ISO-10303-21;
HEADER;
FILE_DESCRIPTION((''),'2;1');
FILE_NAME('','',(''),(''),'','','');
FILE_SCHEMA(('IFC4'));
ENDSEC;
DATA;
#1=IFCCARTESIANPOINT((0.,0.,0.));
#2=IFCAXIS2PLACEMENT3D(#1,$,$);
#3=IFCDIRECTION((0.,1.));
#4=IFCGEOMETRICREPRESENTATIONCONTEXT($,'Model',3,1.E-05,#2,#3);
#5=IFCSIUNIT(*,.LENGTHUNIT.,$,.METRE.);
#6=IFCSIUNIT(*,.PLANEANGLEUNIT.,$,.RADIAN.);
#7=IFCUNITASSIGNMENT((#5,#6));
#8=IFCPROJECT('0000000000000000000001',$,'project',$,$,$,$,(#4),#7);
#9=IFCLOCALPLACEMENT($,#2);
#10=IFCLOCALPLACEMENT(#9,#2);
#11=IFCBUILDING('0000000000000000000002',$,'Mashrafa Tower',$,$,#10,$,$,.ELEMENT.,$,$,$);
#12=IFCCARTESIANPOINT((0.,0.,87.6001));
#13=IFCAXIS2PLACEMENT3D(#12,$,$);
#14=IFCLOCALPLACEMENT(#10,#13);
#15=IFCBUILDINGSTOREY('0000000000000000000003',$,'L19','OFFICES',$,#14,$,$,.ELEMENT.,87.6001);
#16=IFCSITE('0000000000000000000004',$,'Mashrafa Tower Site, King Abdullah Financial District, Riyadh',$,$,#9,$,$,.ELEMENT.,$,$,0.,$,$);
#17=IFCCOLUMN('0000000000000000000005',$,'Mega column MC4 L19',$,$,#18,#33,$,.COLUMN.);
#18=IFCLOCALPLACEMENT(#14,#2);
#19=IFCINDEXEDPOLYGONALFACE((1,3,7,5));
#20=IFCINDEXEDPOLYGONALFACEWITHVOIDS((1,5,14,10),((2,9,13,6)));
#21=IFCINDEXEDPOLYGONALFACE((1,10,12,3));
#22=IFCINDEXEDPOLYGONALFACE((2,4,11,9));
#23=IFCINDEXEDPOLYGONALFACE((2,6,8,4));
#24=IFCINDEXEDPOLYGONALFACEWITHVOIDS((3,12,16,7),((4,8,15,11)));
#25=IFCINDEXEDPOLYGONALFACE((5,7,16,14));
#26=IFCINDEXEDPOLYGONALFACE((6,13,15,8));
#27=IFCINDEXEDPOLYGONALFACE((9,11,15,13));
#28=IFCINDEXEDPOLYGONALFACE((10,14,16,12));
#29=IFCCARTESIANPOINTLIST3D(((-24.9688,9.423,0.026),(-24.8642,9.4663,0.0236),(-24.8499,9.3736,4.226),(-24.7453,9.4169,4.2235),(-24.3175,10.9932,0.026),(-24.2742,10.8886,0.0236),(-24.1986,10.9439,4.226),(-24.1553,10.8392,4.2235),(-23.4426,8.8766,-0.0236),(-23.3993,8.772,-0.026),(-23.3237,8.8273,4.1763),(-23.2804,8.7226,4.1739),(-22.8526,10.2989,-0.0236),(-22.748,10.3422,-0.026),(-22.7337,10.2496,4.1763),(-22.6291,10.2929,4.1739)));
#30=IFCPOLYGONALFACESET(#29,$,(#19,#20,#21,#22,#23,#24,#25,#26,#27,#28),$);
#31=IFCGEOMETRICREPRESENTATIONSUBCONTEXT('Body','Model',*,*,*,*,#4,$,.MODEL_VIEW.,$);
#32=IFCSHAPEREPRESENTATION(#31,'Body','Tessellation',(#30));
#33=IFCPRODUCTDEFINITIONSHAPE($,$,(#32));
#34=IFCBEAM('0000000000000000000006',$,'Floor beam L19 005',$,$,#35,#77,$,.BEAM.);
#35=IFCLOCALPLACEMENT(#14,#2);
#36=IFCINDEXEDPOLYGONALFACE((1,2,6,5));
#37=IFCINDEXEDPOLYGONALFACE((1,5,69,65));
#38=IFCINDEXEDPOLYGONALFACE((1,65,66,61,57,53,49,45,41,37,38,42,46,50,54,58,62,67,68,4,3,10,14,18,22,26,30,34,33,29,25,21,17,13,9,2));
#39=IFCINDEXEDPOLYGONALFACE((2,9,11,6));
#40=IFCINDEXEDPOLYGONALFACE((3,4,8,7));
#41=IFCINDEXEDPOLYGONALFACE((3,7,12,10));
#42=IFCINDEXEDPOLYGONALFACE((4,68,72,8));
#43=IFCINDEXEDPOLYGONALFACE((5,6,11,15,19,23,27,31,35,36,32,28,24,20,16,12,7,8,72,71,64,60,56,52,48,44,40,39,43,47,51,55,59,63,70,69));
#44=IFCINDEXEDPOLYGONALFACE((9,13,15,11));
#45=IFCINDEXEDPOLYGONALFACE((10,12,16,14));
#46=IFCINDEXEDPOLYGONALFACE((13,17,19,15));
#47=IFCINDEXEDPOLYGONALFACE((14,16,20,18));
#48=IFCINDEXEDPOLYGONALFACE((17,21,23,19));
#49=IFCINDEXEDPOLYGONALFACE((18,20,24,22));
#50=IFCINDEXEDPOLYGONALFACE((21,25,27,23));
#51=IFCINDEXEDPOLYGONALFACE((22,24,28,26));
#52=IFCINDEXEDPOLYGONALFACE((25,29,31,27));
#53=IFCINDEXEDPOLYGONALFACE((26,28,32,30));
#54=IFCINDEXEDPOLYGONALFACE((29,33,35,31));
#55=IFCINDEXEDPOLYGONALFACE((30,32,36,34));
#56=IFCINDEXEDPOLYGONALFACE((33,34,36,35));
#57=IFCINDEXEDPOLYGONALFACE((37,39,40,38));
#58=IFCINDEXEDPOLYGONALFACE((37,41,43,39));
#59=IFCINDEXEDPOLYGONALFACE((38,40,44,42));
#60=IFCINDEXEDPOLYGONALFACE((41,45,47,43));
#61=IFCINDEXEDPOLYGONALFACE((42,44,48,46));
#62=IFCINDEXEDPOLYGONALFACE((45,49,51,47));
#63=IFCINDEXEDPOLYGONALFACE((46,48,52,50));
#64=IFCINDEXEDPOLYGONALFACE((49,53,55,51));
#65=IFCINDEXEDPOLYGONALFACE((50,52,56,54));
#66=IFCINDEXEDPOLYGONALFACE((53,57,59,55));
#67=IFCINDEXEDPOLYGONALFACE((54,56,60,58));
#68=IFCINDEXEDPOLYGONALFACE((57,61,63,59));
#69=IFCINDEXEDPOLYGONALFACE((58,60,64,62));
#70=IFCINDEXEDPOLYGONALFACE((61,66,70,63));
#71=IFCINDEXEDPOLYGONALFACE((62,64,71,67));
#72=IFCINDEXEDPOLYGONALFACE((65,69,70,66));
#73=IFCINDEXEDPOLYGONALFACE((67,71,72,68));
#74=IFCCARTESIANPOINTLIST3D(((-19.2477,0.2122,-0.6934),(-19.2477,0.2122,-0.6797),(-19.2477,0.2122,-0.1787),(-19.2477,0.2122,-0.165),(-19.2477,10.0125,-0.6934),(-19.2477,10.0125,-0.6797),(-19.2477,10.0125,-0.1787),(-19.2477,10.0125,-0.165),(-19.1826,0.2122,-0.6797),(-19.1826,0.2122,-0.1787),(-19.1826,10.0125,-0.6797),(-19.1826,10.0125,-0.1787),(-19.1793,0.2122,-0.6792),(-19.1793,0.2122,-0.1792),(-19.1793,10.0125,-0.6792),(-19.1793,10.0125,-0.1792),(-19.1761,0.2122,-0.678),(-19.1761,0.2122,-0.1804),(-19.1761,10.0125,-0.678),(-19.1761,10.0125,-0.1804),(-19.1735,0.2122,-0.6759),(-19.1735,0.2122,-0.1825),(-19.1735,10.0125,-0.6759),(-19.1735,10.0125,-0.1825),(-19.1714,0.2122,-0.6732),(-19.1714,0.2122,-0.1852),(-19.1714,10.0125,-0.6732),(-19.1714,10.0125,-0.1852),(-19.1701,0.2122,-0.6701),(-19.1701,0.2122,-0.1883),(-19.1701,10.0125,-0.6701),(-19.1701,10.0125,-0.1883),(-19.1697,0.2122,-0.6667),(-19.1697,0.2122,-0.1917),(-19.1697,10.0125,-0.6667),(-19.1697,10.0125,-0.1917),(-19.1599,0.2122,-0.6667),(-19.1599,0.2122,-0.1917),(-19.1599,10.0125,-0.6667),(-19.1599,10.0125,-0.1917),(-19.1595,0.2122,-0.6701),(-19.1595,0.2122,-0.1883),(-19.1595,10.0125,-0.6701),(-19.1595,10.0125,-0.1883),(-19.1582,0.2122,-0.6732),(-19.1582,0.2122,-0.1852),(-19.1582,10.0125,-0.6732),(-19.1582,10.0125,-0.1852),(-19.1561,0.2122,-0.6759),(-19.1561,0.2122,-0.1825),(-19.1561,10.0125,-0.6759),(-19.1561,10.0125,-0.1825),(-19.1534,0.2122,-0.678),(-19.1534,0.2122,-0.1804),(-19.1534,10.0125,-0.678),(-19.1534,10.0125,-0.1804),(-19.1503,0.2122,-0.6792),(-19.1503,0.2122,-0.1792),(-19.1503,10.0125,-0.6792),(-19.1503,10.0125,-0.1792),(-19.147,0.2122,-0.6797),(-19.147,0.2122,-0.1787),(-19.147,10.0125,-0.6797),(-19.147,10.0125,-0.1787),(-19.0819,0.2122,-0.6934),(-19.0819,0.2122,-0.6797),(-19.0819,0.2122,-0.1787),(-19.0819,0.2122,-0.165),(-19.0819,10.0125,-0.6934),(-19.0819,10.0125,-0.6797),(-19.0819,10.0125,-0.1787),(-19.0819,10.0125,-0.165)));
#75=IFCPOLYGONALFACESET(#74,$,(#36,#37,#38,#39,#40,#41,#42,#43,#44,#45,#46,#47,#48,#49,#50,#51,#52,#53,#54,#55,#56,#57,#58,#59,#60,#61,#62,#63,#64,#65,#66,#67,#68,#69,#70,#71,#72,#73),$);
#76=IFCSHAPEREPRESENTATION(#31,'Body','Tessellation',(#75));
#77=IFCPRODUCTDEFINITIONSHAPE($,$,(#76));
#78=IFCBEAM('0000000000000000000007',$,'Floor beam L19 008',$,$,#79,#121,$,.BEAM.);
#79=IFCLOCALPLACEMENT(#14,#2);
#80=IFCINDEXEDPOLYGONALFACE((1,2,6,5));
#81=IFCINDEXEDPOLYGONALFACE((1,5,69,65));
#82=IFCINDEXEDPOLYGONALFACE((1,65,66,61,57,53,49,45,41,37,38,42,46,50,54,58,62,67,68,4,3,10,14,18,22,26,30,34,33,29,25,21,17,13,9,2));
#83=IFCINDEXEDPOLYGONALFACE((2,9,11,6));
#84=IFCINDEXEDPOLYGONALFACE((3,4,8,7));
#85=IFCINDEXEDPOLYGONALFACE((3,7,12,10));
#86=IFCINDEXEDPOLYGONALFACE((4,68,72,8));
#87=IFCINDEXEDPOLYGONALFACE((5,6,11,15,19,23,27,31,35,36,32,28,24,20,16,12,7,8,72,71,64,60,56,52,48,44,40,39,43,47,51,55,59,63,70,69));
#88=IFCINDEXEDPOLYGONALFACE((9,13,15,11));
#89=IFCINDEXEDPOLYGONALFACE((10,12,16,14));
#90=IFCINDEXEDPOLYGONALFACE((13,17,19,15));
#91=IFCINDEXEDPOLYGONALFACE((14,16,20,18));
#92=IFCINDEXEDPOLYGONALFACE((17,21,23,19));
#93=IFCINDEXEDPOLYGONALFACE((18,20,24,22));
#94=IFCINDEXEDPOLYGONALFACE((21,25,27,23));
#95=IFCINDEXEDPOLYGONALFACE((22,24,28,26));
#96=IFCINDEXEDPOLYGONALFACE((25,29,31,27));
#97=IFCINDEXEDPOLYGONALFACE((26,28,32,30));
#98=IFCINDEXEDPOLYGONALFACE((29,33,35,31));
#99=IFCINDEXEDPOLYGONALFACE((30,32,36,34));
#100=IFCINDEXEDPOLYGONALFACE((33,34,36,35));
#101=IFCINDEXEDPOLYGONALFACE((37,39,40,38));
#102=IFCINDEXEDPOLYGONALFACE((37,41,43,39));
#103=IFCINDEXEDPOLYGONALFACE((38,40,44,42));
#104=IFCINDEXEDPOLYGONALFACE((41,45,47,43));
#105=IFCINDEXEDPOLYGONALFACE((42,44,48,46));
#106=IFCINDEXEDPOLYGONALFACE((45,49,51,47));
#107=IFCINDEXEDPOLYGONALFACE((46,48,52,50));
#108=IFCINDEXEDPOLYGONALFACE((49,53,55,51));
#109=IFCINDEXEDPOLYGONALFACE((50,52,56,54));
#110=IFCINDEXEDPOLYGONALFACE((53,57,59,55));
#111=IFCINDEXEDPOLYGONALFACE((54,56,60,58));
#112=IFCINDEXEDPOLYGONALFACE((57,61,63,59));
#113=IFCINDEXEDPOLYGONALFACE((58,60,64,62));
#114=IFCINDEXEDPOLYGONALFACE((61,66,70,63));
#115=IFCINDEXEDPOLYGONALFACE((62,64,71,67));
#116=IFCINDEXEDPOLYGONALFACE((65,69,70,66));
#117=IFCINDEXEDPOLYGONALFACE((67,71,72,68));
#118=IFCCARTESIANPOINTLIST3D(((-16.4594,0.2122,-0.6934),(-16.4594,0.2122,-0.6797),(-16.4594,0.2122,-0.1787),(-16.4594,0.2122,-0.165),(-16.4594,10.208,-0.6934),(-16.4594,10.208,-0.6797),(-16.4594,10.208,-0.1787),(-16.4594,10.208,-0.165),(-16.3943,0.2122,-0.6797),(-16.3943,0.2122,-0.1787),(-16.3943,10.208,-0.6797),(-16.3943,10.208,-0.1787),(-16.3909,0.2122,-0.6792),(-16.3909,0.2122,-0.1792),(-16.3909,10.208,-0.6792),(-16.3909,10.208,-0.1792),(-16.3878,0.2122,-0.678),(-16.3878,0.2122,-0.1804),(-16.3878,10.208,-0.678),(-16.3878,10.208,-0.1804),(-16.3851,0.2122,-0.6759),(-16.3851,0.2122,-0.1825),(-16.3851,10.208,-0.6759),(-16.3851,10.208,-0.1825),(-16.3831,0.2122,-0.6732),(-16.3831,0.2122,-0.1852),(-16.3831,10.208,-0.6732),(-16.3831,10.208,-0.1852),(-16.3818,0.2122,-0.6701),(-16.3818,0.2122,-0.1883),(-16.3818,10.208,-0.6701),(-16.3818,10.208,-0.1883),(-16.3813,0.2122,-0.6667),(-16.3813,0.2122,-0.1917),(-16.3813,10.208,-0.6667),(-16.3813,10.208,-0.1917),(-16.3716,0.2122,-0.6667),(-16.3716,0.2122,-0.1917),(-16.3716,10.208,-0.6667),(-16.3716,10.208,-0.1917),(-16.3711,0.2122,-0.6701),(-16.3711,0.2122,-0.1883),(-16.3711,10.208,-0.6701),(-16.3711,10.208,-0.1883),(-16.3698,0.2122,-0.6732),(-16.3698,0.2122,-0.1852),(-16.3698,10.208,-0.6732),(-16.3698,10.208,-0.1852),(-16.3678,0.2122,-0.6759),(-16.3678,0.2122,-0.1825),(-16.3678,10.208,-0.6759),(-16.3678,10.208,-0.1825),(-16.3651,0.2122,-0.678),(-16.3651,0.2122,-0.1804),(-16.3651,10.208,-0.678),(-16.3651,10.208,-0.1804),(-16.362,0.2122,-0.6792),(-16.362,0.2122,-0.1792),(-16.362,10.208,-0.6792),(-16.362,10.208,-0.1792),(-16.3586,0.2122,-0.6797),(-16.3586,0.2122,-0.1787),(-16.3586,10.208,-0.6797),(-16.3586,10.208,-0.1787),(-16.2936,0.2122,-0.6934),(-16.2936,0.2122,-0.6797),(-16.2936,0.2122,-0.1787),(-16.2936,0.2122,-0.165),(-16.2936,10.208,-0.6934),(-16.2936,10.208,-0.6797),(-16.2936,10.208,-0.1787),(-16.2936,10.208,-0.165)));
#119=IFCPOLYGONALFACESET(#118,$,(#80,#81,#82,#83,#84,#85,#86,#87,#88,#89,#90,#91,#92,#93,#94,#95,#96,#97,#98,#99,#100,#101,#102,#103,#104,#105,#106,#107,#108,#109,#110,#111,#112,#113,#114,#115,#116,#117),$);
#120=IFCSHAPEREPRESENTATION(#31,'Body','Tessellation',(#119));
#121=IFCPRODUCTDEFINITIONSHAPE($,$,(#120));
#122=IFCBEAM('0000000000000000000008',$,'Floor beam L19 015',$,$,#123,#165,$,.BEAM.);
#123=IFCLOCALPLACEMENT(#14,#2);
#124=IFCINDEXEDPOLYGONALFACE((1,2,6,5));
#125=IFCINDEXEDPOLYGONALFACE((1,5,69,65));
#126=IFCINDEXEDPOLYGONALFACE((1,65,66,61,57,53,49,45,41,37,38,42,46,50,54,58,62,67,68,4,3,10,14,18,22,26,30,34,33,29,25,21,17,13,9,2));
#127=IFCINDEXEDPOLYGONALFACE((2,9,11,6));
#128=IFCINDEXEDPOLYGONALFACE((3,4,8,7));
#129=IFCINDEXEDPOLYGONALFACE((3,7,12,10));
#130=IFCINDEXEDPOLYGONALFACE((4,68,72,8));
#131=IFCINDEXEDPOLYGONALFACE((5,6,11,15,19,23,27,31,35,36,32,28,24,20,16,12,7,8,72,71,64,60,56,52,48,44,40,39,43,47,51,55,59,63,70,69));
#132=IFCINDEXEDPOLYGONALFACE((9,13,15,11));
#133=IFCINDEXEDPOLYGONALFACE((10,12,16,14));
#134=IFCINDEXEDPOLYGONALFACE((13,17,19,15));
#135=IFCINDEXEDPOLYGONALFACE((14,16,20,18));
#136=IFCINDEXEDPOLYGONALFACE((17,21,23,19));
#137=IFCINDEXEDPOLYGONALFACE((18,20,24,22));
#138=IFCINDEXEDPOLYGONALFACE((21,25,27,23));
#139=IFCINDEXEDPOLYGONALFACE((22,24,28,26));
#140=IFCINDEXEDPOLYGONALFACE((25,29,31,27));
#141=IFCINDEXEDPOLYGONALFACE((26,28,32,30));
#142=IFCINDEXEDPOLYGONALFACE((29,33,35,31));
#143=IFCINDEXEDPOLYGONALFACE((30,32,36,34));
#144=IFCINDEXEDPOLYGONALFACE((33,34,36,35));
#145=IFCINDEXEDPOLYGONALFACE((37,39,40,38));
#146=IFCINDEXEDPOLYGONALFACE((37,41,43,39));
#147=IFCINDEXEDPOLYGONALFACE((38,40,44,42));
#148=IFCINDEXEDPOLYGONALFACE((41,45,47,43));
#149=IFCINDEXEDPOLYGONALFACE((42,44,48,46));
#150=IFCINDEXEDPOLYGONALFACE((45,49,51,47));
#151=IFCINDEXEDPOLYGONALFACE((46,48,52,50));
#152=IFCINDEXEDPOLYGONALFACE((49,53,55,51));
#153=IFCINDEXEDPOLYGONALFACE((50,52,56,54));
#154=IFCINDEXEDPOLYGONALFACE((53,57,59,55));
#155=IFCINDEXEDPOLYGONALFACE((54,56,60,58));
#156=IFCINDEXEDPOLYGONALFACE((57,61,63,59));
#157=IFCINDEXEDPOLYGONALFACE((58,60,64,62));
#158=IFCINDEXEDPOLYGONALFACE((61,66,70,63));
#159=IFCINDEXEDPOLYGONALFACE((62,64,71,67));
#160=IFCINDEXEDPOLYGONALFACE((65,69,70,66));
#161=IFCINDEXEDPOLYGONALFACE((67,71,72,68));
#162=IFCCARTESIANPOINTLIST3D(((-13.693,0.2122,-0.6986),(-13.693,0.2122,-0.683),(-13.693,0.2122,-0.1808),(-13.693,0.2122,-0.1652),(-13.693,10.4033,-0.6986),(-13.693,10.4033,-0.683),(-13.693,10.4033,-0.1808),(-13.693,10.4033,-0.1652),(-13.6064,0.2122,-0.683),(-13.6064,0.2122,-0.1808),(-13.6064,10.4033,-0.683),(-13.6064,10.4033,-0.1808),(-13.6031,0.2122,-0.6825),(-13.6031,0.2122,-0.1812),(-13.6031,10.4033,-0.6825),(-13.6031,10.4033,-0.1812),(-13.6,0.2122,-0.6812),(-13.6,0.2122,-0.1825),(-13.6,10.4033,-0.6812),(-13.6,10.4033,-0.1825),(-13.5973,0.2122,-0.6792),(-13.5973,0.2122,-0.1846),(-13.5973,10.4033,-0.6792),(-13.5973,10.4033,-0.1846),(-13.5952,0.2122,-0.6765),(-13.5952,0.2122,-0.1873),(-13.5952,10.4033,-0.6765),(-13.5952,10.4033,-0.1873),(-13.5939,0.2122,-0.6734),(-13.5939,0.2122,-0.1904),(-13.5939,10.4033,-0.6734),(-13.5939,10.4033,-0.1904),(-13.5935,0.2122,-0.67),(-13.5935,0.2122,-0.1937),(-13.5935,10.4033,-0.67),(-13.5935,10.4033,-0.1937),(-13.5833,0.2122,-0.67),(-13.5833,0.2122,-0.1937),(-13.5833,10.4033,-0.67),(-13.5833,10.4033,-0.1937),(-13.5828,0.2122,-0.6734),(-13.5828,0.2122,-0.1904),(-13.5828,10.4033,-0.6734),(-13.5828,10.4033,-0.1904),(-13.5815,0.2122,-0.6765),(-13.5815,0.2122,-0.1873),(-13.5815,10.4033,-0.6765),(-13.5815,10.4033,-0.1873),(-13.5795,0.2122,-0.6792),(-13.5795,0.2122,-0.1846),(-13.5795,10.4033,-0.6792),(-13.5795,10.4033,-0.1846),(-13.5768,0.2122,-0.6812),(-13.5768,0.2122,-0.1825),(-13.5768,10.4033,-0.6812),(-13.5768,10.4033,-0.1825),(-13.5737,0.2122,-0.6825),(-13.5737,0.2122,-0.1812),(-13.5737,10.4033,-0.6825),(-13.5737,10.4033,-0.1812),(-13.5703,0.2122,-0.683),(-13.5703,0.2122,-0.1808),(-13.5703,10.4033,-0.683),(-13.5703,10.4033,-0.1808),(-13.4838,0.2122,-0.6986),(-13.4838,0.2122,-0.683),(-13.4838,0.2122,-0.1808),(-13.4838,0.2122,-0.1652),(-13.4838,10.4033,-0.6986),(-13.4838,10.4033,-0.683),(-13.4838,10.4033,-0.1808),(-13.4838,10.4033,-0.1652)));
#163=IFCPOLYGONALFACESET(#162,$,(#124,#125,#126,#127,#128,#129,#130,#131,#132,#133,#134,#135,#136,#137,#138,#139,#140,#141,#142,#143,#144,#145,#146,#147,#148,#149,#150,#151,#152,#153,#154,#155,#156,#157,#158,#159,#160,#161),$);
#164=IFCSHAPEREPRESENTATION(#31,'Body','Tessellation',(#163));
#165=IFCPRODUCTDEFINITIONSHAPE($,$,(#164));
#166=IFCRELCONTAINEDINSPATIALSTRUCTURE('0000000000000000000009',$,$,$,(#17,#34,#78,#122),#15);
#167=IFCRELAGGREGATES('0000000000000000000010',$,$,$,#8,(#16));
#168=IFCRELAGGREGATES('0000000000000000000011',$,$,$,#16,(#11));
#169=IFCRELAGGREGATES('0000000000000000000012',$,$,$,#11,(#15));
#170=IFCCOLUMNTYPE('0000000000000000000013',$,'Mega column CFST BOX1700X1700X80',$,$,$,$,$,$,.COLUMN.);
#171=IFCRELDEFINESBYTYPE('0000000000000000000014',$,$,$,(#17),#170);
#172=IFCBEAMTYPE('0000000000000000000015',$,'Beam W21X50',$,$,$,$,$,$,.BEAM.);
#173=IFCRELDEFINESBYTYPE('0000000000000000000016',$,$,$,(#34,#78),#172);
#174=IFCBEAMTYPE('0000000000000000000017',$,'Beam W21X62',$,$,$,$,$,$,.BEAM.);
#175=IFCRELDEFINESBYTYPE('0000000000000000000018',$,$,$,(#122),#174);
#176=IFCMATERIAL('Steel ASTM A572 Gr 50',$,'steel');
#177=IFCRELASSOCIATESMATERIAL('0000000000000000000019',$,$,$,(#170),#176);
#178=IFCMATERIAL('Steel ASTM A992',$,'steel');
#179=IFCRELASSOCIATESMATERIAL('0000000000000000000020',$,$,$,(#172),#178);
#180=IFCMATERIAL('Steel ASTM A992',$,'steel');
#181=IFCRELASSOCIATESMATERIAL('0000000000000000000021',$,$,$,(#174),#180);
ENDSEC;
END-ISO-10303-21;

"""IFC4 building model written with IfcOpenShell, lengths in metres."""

from ifc_helpers import new_model, si_unit, direction, frame, origin, origin_2d, place, context, subcontext, project, spatial, hollow_rectangle, i_section, extrude, material, material_profile, profile_set, type_object, element, save


model = new_model("IFC4")

# Units and contexts
model_context = context("Model", 3, precision=1e-05, world=origin(), true_north=direction((0.0, 1.0)))
body_context = subcontext(model_context, "Body", "Model", "MODEL_VIEW")
ifc_project = project(units=[si_unit("LENGTHUNIT", "METRE"), si_unit("PLANEANGLEUNIT", "RADIAN")], contexts=[model_context])

# Site, building, storey
site_placement = place(None, origin())
site = spatial("IfcSite", under=ifc_project, at=site_placement, Name="Mashrafa Tower Site, King Abdullah Financial District, Riyadh", CompositionType="ELEMENT", RefElevation=0.0)
building_placement = place(site_placement, origin())
building = spatial("IfcBuilding", under=site, at=building_placement, Name="Mashrafa Tower", CompositionType="ELEMENT")
storey_placement = place(building_placement, frame((0.0, 0.0, 87.6001)))
storey = spatial("IfcBuildingStorey", under=building, at=storey_placement, Name="L19", Description="OFFICES", CompositionType="ELEMENT", Elevation=87.6001)

# Column
ifc_material_1 = material(Name="Steel ASTM A572 Gr 50", Category="steel")
ifc_material_profile_1 = material_profile(ifc_material_1, hollow_rectangle(XDim=1.7, YDim=1.7, WallThickness=0.0801, at=origin_2d()), Name="BOX1700X1700X80")
ifc_profile_set_1 = profile_set([ifc_material_profile_1], Name="Steel ASTM A572 Gr 50")
column_type = type_object("IfcColumnType", Name="Mega column CFST BOX1700X1700X80", PredefinedType="COLUMN", material=ifc_profile_set_1)
column_placement = place(storey_placement, frame((-23.8584, 9.8826, 0.0), z_axis=(0.028296, -0.011737, 0.999531), x_axis=(0.383133, 0.923693, 0.0)))
element("IfcColumn", 1, at=column_placement, inside=storey, type_object=column_type, Name="Mega column MC4 L19", PredefinedType="COLUMN", context=body_context, shape_type="SweptSolid", body=[
    extrude(hollow_rectangle(XDim=1.7, YDim=1.7, WallThickness=0.0801, at=origin_2d()), origin(), (0.0, 0.0, 1.0), 4.2019),
])

# Beams
ifc_material_2 = material(Name="Steel ASTM A992", Category="steel")
ifc_material_profile_2 = material_profile(ifc_material_2, i_section(OverallWidth=0.1658, OverallDepth=0.5283, WebThickness=0.0098, FlangeThickness=0.0137, FilletRadius=0.0129, at=origin_2d()), Name="W21X50")
ifc_profile_set_2 = profile_set([ifc_material_profile_2], Name="Steel ASTM A992")
beam_type_1 = type_object("IfcBeamType", Name="Beam W21X50", PredefinedType="BEAM", material=ifc_profile_set_2)
beam_1_placement = place(storey_placement, frame((-19.1648, 0.2122, -0.4292), z_axis=(0.0, 1.0, 0.0), x_axis=(-1.0, 0.0, 0.0)))
element("IfcBeam", 2, at=beam_1_placement, inside=storey, type_object=beam_type_1, Name="Floor beam L19 005", PredefinedType="BEAM", context=body_context, shape_type="SweptSolid", body=[
    extrude(i_section(OverallWidth=0.1658, OverallDepth=0.5283, WebThickness=0.0098, FlangeThickness=0.0137, FilletRadius=0.0129, at=origin_2d()), origin(), (0.0, 0.0, 1.0), 9.8003),
])
beam_2_placement = place(storey_placement, frame((-16.3765, 0.2122, -0.4292), z_axis=(0.0, 1.0, 0.0), x_axis=(-1.0, 0.0, 0.0)))
element("IfcBeam", 3, at=beam_2_placement, inside=storey, type_object=beam_type_1, Name="Floor beam L19 008", PredefinedType="BEAM", context=body_context, shape_type="SweptSolid", body=[
    extrude(i_section(OverallWidth=0.1658, OverallDepth=0.5283, WebThickness=0.0098, FlangeThickness=0.0137, FilletRadius=0.0129, at=origin_2d()), origin(), (0.0, 0.0, 1.0), 9.9958),
])
ifc_material_3 = material(Name="Steel ASTM A992", Category="steel")
ifc_material_profile_3 = material_profile(ifc_material_3, i_section(OverallWidth=0.2092, OverallDepth=0.5334, WebThickness=0.0103, FlangeThickness=0.0156, FilletRadius=0.0129, at=origin_2d()), Name="W21X62")
ifc_profile_set_3 = profile_set([ifc_material_profile_3], Name="Steel ASTM A992")
beam_type_2 = type_object("IfcBeamType", Name="Beam W21X62", PredefinedType="BEAM", material=ifc_profile_set_3)
beam_3_placement = place(storey_placement, frame((-13.5884, 0.2122, -0.4319), z_axis=(0.0, 1.0, 0.0), x_axis=(-1.0, 0.0, 0.0)))
element("IfcBeam", 4, at=beam_3_placement, inside=storey, type_object=beam_type_2, Name="Floor beam L19 015", PredefinedType="BEAM", context=body_context, shape_type="SweptSolid", body=[
    extrude(i_section(OverallWidth=0.2092, OverallDepth=0.5334, WebThickness=0.0103, FlangeThickness=0.0156, FilletRadius=0.0129, at=origin_2d()), origin(), (0.0, 0.0, 1.0), 10.1912),
])

save(model, "model.ifc")
